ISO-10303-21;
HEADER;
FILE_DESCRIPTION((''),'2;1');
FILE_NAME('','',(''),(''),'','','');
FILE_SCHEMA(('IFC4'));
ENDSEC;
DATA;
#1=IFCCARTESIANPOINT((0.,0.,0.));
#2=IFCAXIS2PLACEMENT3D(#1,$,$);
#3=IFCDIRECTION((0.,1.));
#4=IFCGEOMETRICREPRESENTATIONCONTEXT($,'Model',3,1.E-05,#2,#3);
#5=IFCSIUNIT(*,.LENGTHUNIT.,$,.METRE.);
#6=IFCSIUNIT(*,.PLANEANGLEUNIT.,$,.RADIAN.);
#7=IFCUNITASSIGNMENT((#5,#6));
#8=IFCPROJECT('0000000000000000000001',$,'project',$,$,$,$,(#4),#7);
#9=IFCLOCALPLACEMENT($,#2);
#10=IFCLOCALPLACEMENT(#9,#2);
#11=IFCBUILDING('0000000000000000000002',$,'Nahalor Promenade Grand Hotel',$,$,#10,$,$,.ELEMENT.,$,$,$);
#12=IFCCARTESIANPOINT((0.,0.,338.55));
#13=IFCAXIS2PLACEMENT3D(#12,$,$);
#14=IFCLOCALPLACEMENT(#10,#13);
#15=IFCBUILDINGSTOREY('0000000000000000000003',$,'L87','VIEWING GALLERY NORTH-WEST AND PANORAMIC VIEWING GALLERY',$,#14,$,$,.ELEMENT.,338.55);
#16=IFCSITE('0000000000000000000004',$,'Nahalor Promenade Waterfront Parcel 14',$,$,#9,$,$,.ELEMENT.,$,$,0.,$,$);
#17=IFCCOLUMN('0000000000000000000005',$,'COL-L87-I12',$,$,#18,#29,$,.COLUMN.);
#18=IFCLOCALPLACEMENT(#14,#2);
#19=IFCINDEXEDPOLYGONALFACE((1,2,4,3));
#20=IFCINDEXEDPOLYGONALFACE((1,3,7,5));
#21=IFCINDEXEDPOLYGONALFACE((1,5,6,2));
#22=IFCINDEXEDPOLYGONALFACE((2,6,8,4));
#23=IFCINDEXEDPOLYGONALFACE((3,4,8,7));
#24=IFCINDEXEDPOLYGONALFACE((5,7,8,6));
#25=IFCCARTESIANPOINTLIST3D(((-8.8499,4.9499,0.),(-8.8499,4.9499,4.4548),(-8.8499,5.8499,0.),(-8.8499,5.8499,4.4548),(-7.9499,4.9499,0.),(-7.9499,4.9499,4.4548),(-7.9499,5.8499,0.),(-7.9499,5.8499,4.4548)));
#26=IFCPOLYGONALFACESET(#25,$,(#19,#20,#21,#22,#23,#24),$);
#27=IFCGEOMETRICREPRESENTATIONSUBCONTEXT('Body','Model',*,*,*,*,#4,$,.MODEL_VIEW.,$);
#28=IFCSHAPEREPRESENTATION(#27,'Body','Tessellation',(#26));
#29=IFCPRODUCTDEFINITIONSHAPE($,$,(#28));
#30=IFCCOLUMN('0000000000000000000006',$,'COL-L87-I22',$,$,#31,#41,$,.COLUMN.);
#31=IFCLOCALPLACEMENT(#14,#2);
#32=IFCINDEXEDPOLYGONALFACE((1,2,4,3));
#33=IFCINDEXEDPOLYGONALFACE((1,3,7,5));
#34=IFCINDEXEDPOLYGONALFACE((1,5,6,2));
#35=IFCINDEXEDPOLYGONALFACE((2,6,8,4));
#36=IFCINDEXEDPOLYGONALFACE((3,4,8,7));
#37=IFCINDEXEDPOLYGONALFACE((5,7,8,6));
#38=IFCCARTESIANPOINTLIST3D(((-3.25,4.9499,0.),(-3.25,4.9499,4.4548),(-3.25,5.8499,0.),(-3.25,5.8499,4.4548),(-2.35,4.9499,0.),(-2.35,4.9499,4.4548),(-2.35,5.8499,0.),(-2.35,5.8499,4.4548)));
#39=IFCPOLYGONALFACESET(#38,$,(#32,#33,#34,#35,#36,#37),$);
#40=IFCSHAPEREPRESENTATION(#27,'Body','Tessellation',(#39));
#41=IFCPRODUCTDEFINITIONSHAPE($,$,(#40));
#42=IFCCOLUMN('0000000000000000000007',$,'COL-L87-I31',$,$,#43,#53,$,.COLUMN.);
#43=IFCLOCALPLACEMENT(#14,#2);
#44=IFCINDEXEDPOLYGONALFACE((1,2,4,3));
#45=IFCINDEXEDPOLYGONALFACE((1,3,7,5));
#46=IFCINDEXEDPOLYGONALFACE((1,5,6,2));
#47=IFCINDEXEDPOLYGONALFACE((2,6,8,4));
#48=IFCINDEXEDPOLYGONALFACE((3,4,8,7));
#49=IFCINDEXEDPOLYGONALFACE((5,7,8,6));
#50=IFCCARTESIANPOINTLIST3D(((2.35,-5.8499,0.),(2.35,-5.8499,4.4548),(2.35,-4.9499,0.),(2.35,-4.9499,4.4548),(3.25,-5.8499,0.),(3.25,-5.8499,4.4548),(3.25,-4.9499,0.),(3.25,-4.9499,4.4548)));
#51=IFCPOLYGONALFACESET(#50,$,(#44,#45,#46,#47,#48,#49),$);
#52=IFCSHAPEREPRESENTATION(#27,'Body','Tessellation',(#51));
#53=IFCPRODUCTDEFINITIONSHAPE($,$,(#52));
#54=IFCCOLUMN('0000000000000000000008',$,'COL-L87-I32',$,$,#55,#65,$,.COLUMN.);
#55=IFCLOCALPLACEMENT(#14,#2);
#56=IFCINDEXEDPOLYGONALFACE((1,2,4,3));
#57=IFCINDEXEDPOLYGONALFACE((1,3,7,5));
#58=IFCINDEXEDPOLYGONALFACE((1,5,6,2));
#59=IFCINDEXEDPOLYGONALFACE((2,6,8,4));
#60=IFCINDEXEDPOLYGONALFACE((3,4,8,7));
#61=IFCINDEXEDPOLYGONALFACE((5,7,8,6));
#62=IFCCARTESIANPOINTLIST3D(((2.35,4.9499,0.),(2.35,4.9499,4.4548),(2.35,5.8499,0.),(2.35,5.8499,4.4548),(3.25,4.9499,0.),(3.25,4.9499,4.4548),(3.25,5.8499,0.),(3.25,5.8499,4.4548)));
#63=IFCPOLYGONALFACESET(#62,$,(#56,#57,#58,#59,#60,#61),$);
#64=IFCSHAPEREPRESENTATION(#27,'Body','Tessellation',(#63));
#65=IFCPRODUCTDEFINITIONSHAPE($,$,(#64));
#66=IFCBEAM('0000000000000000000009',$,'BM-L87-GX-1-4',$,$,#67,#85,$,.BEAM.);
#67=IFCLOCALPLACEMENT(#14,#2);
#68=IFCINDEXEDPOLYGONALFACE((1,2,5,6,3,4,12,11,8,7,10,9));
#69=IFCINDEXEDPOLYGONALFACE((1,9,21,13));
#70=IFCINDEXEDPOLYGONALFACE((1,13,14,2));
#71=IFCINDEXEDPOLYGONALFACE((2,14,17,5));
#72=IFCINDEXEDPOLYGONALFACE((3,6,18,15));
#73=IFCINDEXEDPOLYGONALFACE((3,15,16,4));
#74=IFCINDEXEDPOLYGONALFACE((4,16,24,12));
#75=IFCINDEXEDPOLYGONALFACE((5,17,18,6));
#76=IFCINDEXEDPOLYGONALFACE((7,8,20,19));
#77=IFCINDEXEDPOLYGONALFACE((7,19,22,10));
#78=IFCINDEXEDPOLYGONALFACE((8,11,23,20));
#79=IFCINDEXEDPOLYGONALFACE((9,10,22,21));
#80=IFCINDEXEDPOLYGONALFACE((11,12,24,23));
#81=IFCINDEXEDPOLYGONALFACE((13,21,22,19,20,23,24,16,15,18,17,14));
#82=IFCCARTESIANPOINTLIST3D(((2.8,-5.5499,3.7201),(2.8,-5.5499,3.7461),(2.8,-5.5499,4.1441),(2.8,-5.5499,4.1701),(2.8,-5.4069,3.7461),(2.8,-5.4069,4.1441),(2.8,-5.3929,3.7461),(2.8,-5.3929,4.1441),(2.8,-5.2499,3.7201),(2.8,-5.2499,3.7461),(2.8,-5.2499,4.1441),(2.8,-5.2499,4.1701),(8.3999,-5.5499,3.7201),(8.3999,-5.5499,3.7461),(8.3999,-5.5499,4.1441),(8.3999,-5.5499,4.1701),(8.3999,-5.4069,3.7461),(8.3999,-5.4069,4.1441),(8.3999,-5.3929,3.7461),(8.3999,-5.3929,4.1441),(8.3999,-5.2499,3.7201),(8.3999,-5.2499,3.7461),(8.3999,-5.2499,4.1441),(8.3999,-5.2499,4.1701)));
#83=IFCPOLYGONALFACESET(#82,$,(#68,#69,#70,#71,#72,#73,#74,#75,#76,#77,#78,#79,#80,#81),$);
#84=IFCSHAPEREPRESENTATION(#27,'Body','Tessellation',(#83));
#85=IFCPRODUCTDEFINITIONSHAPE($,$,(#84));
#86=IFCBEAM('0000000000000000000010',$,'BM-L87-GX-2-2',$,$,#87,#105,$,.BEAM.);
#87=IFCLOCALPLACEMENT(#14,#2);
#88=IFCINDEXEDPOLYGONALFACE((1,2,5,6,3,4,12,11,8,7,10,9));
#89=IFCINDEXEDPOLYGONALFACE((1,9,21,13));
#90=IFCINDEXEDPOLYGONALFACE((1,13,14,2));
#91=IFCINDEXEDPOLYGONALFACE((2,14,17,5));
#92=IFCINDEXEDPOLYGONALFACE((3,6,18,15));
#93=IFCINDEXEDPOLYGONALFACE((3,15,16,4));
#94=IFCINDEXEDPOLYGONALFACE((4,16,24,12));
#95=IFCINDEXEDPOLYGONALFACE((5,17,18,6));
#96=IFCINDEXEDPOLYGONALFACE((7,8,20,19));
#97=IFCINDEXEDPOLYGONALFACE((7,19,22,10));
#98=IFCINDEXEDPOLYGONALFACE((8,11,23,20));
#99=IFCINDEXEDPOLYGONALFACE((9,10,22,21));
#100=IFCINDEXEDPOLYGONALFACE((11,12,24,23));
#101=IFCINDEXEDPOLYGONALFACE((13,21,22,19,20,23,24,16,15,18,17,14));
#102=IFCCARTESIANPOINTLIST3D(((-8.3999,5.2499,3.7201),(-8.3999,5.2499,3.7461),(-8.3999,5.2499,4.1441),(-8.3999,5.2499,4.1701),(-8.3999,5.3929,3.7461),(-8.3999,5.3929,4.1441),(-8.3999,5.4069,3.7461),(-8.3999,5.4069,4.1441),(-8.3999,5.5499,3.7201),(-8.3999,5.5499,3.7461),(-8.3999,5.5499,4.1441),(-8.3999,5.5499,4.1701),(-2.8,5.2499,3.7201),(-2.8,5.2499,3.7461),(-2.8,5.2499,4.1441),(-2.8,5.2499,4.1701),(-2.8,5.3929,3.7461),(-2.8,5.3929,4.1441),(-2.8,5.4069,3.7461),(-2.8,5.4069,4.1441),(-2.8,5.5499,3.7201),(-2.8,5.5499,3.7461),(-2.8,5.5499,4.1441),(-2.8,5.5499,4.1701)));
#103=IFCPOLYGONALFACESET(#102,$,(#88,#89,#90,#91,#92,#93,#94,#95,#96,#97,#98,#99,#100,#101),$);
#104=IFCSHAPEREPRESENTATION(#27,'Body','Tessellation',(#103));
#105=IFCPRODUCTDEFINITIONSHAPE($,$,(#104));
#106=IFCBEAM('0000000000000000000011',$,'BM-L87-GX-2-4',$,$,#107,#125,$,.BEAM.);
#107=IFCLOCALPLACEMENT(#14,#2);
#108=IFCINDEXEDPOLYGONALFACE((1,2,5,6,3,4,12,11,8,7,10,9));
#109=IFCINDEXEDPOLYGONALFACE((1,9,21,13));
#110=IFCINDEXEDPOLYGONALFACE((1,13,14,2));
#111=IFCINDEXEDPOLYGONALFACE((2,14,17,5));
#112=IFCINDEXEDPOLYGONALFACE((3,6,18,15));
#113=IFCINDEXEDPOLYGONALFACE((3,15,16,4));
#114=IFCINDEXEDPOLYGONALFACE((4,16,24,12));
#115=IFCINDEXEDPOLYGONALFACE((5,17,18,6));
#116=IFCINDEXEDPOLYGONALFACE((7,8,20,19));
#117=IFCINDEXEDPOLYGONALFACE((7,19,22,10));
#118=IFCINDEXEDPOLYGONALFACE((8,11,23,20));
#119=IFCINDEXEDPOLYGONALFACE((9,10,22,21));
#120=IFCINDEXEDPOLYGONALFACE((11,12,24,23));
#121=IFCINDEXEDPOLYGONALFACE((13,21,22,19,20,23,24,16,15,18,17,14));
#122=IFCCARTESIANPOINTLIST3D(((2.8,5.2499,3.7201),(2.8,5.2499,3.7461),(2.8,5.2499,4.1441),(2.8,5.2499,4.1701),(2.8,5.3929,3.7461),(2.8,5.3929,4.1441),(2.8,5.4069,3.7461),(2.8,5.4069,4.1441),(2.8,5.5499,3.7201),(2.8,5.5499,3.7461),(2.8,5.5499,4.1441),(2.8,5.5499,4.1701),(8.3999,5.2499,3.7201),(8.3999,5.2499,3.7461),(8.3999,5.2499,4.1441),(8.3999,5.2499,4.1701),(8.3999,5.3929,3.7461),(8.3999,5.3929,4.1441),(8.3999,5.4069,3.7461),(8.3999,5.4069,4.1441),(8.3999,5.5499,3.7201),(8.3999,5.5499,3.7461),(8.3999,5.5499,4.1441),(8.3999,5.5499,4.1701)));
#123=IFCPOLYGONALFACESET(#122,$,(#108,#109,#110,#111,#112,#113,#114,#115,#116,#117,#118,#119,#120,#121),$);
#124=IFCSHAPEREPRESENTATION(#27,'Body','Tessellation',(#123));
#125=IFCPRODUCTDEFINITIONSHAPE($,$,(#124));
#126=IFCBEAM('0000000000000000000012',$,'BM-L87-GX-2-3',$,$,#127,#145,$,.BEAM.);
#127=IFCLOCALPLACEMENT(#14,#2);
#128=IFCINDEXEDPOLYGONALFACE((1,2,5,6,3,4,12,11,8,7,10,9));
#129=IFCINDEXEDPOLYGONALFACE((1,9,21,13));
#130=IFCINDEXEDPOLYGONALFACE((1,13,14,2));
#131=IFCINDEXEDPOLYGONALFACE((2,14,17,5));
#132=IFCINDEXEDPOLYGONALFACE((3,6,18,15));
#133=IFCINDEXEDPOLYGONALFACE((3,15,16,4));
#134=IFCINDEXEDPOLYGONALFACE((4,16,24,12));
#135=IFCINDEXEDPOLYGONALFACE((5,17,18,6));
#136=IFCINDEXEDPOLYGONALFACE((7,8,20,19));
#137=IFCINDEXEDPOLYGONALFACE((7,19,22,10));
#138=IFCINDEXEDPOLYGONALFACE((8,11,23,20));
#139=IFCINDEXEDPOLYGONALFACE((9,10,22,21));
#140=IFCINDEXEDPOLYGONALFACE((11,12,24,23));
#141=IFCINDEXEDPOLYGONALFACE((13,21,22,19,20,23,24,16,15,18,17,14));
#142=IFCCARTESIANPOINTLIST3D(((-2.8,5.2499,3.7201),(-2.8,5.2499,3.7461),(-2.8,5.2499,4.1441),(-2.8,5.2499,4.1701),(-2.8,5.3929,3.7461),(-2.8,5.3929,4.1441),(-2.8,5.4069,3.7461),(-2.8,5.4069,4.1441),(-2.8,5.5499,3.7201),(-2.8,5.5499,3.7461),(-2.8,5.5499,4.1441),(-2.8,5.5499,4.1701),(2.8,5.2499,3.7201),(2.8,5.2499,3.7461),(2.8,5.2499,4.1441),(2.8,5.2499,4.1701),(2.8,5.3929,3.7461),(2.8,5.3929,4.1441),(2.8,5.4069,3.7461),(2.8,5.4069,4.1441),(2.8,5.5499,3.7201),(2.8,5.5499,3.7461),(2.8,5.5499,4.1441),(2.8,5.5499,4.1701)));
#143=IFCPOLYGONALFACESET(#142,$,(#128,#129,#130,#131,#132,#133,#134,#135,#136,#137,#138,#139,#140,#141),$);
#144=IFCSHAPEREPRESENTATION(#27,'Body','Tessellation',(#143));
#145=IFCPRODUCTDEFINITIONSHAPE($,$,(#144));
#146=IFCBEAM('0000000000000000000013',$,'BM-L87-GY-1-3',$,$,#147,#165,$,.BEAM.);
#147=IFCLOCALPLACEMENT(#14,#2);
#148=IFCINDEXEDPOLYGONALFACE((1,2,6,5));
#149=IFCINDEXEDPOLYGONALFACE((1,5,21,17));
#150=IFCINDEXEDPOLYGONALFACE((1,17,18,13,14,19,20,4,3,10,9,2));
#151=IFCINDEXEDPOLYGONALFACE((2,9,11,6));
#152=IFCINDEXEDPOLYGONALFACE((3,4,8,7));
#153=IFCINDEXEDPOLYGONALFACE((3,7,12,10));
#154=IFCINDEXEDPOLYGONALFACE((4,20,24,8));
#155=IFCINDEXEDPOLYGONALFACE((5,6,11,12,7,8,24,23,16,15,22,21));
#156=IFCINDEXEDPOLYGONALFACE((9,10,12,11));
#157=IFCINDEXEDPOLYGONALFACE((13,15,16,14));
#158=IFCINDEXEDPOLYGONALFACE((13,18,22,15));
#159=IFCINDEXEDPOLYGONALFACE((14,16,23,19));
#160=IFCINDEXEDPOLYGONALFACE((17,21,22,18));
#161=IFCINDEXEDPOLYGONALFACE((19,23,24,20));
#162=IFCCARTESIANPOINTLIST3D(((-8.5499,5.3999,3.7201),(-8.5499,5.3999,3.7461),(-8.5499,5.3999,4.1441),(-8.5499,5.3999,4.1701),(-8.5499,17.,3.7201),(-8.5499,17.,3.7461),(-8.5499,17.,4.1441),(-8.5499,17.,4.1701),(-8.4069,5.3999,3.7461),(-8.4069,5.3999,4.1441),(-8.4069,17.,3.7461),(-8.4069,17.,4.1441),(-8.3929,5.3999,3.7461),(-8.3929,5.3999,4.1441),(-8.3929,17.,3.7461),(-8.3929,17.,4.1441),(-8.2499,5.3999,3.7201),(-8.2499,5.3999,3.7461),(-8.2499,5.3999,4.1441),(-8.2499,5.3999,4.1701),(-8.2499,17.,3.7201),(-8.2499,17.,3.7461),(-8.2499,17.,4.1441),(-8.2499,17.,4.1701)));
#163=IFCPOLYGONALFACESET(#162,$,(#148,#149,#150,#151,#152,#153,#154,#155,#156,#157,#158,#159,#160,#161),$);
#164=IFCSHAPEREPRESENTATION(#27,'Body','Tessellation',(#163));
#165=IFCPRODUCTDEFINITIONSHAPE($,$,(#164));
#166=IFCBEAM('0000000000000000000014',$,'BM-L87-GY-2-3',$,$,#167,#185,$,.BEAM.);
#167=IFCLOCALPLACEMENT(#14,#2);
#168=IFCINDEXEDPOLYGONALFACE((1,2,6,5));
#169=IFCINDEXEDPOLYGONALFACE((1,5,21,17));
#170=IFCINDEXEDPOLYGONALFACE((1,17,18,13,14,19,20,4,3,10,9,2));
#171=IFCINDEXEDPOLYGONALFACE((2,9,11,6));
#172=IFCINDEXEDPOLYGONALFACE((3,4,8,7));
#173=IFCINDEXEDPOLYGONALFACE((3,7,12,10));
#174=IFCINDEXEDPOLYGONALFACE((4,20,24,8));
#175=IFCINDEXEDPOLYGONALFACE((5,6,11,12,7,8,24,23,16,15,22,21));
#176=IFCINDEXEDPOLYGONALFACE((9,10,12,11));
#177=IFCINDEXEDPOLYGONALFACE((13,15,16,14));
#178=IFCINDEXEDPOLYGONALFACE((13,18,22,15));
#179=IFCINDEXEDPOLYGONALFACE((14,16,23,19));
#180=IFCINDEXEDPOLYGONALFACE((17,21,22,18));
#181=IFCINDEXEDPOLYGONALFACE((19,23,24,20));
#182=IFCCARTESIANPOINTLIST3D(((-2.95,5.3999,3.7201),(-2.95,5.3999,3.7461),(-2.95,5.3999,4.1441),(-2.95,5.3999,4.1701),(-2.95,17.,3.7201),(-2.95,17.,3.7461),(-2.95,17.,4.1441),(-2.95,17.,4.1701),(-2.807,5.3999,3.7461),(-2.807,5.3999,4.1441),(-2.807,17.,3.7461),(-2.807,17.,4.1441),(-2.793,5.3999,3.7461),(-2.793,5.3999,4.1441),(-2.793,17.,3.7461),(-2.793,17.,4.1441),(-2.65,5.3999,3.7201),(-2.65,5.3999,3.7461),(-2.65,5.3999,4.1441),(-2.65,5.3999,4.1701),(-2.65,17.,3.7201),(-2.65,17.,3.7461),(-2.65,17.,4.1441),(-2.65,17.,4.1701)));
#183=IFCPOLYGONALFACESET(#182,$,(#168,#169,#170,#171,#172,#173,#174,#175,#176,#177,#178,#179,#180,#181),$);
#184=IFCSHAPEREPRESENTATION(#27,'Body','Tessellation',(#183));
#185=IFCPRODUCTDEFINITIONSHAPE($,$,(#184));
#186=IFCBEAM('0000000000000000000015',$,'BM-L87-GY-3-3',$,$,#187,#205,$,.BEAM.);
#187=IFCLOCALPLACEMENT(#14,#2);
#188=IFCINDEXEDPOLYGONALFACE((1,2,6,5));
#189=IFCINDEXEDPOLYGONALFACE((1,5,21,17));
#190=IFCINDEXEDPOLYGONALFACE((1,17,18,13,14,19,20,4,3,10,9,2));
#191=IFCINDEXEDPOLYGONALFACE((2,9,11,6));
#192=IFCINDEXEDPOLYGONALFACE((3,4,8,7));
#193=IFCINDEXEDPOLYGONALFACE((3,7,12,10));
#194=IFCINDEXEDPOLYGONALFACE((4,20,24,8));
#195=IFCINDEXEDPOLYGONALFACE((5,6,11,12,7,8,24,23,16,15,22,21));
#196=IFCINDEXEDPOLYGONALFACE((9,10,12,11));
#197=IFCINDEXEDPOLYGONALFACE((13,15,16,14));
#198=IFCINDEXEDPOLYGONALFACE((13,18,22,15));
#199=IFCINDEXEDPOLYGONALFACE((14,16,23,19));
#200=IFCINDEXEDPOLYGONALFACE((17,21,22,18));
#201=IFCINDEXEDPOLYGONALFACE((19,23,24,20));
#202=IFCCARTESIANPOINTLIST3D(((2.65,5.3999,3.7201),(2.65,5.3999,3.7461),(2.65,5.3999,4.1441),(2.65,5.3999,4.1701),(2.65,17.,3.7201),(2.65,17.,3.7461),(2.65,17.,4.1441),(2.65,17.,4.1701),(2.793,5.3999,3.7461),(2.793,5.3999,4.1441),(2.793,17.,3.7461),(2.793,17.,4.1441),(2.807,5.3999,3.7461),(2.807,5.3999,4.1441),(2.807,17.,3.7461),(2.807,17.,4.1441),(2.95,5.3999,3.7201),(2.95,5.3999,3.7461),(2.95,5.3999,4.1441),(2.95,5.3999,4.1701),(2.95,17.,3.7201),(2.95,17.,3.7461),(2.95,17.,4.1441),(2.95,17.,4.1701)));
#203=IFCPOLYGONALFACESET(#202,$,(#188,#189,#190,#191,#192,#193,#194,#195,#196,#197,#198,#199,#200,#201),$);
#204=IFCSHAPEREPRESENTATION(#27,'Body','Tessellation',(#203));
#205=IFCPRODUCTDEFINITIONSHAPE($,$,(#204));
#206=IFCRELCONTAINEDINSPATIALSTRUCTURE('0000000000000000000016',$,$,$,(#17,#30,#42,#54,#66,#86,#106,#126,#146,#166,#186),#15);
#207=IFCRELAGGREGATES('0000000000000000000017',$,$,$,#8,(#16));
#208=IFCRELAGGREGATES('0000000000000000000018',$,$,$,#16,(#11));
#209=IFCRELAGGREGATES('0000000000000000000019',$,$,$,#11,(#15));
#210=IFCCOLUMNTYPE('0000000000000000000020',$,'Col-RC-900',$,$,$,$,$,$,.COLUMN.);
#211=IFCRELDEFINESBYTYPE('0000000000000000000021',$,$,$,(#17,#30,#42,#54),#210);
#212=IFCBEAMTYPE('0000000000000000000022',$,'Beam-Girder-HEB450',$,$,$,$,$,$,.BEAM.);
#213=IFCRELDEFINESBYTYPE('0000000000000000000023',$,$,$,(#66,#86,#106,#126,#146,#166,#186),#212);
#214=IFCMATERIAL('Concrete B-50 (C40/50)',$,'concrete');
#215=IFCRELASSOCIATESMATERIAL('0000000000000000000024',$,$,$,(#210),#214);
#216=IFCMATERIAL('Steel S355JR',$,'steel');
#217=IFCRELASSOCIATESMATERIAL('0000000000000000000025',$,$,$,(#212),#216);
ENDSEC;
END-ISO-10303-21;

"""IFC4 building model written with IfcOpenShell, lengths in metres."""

from ifc_helpers import new_model, si_unit, direction, frame, origin, origin_2d, place, context, subcontext, project, spatial, rectangle, i_section, extrude, source, transform, mapped, material, material_profile, profile_set, type_object, element, save


model = new_model("IFC4")

# Units and contexts
model_context = context("Model", 3, precision=1e-05, world=origin(), true_north=direction((0.0, 1.0)))
body_context = subcontext(model_context, "Body", "Model", "MODEL_VIEW")
ifc_project = project(units=[si_unit("LENGTHUNIT", "METRE"), si_unit("PLANEANGLEUNIT", "RADIAN")], contexts=[model_context])

# Site, building, storey
site_placement = place(None, origin())
site = spatial("IfcSite", under=ifc_project, at=site_placement, Name="Nahalor Promenade Waterfront Parcel 14", CompositionType="ELEMENT", RefElevation=0.0)
building_placement = place(site_placement, origin())
building = spatial("IfcBuilding", under=site, at=building_placement, Name="Nahalor Promenade Grand Hotel", CompositionType="ELEMENT")
storey_placement = place(building_placement, frame((0.0, 0.0, 338.55)))
storey = spatial("IfcBuildingStorey", under=building, at=storey_placement, Name="L87", Description="VIEWING GALLERY NORTH-WEST AND PANORAMIC VIEWING GALLERY", CompositionType="ELEMENT", Elevation=338.55)

# Columns
ifc_material_1 = material(Name="Concrete B-50 (C40/50)", Category="concrete")
ifc_material_profile_1 = material_profile(ifc_material_1, rectangle(XDim=0.9, YDim=0.9, at=origin_2d()), Name="RC 900x900")
ifc_profile_set_1 = profile_set([ifc_material_profile_1], Name="Concrete B-50 (C40/50)")
column_type = type_object("IfcColumnType", Name="Col-RC-900", PredefinedType="COLUMN", material=ifc_profile_set_1)
shared_shape_1 = source(origin(), body_context, "Body", "SweptSolid", [
    extrude(rectangle(XDim=0.9, YDim=0.9, at=origin_2d()), origin(), (0.0, 0.0, 1.0), 4.4548),
])
for number, where, z_axis, x_axis, name in (
    (1, (-8.3999, 5.3999, 0.0), (0.0, 0.0, 1.0), (1.0, 0.0, 0.0), "COL-L87-I12"),
    (2, (-2.8, 5.3999, 0.0), (0.0, 0.0, 1.0), (1.0, 0.0, 0.0), "COL-L87-I22"),
    (3, (2.8, -5.3999, 0.0), (0.0, 0.0, 1.0), (1.0, 0.0, 0.0), "COL-L87-I31"),
    (4, (2.8, 5.3999, 0.0), (0.0, 0.0, 1.0), (1.0, 0.0, 0.0), "COL-L87-I32"),
):
    element("IfcColumn", number, at=place(storey_placement, frame(where, z_axis=z_axis, x_axis=x_axis)), inside=storey, type_object=column_type, Name=name, PredefinedType="COLUMN", context=body_context, shape_type="MappedRepresentation", body=[
        mapped(shared_shape_1, transform((0.0, 0.0, 0.0), scale=1.0)),
    ])

# Beams
ifc_material_2 = material(Name="Steel S355JR", Category="steel")
ifc_material_profile_2 = material_profile(ifc_material_2, i_section(OverallWidth=0.3, OverallDepth=0.45, WebThickness=0.014, FlangeThickness=0.026, at=origin_2d()), Name="HEB 450")
ifc_profile_set_2 = profile_set([ifc_material_profile_2], Name="Steel S355JR")
beam_type_1 = type_object("IfcBeamType", Name="Beam-Girder-HEB450", PredefinedType="BEAM", material=ifc_profile_set_2)
shared_shape_2 = source(origin(), body_context, "Body", "SweptSolid", [
    extrude(i_section(OverallWidth=0.3, OverallDepth=0.45, WebThickness=0.014, FlangeThickness=0.026, at=origin_2d()), origin(), (0.0, 0.0, 1.0), 5.5999),
])
for number, where, z_axis, x_axis, name in (
    (5, (2.8, -5.3999, 3.9451), (1.0, 0.0, 0.0), (0.0, 1.0, 0.0), "BM-L87-GX-1-4"),
    (6, (-8.3999, 5.3999, 3.9451), (1.0, 0.0, 0.0), (0.0, 1.0, 0.0), "BM-L87-GX-2-2"),
    (7, (2.8, 5.3999, 3.9451), (1.0, 0.0, 0.0), (0.0, 1.0, 0.0), "BM-L87-GX-2-4"),
):
    element("IfcBeam", number, at=place(storey_placement, frame(where, z_axis=z_axis, x_axis=x_axis)), inside=storey, type_object=beam_type_1, Name=name, PredefinedType="BEAM", context=body_context, shape_type="MappedRepresentation", body=[
        mapped(shared_shape_2, transform((0.0, 0.0, 0.0), scale=1.0)),
    ])
shared_shape_3 = source(origin(), body_context, "Body", "SweptSolid", [
    extrude(i_section(OverallWidth=0.3, OverallDepth=0.45, WebThickness=0.014, FlangeThickness=0.026, at=origin_2d()), origin(), (0.0, 0.0, 1.0), 5.6001),
])
beam_1_placement = place(storey_placement, frame((-2.8, 5.3999, 3.9451), z_axis=(1.0, 0.0, 0.0), x_axis=(0.0, 1.0, 0.0)))
element("IfcBeam", 8, at=beam_1_placement, inside=storey, type_object=beam_type_1, Name="BM-L87-GX-2-3", PredefinedType="BEAM", context=body_context, shape_type="MappedRepresentation", body=[
    mapped(shared_shape_3, transform((0.0, 0.0, 0.0), scale=1.0)),
])
shared_shape_4 = source(origin(), body_context, "Body", "SweptSolid", [
    extrude(i_section(OverallWidth=0.3, OverallDepth=0.45, WebThickness=0.014, FlangeThickness=0.026, at=origin_2d()), origin(), (0.0, 0.0, 1.0), 11.6001),
])
for number, where, z_axis, x_axis, name in (
    (9, (-8.3999, 5.3999, 3.9451), (0.0, 1.0, 0.0), (-1.0, 0.0, 0.0), "BM-L87-GY-1-3"),
    (10, (-2.8, 5.3999, 3.9451), (0.0, 1.0, 0.0), (-1.0, 0.0, 0.0), "BM-L87-GY-2-3"),
    (11, (2.8, 5.3999, 3.9451), (0.0, 1.0, 0.0), (-1.0, 0.0, 0.0), "BM-L87-GY-3-3"),
):
    element("IfcBeam", number, at=place(storey_placement, frame(where, z_axis=z_axis, x_axis=x_axis)), inside=storey, type_object=beam_type_1, Name=name, PredefinedType="BEAM", context=body_context, shape_type="MappedRepresentation", body=[
        mapped(shared_shape_4, transform((0.0, 0.0, 0.0), scale=1.0)),
    ])

save(model, "model.ifc")
